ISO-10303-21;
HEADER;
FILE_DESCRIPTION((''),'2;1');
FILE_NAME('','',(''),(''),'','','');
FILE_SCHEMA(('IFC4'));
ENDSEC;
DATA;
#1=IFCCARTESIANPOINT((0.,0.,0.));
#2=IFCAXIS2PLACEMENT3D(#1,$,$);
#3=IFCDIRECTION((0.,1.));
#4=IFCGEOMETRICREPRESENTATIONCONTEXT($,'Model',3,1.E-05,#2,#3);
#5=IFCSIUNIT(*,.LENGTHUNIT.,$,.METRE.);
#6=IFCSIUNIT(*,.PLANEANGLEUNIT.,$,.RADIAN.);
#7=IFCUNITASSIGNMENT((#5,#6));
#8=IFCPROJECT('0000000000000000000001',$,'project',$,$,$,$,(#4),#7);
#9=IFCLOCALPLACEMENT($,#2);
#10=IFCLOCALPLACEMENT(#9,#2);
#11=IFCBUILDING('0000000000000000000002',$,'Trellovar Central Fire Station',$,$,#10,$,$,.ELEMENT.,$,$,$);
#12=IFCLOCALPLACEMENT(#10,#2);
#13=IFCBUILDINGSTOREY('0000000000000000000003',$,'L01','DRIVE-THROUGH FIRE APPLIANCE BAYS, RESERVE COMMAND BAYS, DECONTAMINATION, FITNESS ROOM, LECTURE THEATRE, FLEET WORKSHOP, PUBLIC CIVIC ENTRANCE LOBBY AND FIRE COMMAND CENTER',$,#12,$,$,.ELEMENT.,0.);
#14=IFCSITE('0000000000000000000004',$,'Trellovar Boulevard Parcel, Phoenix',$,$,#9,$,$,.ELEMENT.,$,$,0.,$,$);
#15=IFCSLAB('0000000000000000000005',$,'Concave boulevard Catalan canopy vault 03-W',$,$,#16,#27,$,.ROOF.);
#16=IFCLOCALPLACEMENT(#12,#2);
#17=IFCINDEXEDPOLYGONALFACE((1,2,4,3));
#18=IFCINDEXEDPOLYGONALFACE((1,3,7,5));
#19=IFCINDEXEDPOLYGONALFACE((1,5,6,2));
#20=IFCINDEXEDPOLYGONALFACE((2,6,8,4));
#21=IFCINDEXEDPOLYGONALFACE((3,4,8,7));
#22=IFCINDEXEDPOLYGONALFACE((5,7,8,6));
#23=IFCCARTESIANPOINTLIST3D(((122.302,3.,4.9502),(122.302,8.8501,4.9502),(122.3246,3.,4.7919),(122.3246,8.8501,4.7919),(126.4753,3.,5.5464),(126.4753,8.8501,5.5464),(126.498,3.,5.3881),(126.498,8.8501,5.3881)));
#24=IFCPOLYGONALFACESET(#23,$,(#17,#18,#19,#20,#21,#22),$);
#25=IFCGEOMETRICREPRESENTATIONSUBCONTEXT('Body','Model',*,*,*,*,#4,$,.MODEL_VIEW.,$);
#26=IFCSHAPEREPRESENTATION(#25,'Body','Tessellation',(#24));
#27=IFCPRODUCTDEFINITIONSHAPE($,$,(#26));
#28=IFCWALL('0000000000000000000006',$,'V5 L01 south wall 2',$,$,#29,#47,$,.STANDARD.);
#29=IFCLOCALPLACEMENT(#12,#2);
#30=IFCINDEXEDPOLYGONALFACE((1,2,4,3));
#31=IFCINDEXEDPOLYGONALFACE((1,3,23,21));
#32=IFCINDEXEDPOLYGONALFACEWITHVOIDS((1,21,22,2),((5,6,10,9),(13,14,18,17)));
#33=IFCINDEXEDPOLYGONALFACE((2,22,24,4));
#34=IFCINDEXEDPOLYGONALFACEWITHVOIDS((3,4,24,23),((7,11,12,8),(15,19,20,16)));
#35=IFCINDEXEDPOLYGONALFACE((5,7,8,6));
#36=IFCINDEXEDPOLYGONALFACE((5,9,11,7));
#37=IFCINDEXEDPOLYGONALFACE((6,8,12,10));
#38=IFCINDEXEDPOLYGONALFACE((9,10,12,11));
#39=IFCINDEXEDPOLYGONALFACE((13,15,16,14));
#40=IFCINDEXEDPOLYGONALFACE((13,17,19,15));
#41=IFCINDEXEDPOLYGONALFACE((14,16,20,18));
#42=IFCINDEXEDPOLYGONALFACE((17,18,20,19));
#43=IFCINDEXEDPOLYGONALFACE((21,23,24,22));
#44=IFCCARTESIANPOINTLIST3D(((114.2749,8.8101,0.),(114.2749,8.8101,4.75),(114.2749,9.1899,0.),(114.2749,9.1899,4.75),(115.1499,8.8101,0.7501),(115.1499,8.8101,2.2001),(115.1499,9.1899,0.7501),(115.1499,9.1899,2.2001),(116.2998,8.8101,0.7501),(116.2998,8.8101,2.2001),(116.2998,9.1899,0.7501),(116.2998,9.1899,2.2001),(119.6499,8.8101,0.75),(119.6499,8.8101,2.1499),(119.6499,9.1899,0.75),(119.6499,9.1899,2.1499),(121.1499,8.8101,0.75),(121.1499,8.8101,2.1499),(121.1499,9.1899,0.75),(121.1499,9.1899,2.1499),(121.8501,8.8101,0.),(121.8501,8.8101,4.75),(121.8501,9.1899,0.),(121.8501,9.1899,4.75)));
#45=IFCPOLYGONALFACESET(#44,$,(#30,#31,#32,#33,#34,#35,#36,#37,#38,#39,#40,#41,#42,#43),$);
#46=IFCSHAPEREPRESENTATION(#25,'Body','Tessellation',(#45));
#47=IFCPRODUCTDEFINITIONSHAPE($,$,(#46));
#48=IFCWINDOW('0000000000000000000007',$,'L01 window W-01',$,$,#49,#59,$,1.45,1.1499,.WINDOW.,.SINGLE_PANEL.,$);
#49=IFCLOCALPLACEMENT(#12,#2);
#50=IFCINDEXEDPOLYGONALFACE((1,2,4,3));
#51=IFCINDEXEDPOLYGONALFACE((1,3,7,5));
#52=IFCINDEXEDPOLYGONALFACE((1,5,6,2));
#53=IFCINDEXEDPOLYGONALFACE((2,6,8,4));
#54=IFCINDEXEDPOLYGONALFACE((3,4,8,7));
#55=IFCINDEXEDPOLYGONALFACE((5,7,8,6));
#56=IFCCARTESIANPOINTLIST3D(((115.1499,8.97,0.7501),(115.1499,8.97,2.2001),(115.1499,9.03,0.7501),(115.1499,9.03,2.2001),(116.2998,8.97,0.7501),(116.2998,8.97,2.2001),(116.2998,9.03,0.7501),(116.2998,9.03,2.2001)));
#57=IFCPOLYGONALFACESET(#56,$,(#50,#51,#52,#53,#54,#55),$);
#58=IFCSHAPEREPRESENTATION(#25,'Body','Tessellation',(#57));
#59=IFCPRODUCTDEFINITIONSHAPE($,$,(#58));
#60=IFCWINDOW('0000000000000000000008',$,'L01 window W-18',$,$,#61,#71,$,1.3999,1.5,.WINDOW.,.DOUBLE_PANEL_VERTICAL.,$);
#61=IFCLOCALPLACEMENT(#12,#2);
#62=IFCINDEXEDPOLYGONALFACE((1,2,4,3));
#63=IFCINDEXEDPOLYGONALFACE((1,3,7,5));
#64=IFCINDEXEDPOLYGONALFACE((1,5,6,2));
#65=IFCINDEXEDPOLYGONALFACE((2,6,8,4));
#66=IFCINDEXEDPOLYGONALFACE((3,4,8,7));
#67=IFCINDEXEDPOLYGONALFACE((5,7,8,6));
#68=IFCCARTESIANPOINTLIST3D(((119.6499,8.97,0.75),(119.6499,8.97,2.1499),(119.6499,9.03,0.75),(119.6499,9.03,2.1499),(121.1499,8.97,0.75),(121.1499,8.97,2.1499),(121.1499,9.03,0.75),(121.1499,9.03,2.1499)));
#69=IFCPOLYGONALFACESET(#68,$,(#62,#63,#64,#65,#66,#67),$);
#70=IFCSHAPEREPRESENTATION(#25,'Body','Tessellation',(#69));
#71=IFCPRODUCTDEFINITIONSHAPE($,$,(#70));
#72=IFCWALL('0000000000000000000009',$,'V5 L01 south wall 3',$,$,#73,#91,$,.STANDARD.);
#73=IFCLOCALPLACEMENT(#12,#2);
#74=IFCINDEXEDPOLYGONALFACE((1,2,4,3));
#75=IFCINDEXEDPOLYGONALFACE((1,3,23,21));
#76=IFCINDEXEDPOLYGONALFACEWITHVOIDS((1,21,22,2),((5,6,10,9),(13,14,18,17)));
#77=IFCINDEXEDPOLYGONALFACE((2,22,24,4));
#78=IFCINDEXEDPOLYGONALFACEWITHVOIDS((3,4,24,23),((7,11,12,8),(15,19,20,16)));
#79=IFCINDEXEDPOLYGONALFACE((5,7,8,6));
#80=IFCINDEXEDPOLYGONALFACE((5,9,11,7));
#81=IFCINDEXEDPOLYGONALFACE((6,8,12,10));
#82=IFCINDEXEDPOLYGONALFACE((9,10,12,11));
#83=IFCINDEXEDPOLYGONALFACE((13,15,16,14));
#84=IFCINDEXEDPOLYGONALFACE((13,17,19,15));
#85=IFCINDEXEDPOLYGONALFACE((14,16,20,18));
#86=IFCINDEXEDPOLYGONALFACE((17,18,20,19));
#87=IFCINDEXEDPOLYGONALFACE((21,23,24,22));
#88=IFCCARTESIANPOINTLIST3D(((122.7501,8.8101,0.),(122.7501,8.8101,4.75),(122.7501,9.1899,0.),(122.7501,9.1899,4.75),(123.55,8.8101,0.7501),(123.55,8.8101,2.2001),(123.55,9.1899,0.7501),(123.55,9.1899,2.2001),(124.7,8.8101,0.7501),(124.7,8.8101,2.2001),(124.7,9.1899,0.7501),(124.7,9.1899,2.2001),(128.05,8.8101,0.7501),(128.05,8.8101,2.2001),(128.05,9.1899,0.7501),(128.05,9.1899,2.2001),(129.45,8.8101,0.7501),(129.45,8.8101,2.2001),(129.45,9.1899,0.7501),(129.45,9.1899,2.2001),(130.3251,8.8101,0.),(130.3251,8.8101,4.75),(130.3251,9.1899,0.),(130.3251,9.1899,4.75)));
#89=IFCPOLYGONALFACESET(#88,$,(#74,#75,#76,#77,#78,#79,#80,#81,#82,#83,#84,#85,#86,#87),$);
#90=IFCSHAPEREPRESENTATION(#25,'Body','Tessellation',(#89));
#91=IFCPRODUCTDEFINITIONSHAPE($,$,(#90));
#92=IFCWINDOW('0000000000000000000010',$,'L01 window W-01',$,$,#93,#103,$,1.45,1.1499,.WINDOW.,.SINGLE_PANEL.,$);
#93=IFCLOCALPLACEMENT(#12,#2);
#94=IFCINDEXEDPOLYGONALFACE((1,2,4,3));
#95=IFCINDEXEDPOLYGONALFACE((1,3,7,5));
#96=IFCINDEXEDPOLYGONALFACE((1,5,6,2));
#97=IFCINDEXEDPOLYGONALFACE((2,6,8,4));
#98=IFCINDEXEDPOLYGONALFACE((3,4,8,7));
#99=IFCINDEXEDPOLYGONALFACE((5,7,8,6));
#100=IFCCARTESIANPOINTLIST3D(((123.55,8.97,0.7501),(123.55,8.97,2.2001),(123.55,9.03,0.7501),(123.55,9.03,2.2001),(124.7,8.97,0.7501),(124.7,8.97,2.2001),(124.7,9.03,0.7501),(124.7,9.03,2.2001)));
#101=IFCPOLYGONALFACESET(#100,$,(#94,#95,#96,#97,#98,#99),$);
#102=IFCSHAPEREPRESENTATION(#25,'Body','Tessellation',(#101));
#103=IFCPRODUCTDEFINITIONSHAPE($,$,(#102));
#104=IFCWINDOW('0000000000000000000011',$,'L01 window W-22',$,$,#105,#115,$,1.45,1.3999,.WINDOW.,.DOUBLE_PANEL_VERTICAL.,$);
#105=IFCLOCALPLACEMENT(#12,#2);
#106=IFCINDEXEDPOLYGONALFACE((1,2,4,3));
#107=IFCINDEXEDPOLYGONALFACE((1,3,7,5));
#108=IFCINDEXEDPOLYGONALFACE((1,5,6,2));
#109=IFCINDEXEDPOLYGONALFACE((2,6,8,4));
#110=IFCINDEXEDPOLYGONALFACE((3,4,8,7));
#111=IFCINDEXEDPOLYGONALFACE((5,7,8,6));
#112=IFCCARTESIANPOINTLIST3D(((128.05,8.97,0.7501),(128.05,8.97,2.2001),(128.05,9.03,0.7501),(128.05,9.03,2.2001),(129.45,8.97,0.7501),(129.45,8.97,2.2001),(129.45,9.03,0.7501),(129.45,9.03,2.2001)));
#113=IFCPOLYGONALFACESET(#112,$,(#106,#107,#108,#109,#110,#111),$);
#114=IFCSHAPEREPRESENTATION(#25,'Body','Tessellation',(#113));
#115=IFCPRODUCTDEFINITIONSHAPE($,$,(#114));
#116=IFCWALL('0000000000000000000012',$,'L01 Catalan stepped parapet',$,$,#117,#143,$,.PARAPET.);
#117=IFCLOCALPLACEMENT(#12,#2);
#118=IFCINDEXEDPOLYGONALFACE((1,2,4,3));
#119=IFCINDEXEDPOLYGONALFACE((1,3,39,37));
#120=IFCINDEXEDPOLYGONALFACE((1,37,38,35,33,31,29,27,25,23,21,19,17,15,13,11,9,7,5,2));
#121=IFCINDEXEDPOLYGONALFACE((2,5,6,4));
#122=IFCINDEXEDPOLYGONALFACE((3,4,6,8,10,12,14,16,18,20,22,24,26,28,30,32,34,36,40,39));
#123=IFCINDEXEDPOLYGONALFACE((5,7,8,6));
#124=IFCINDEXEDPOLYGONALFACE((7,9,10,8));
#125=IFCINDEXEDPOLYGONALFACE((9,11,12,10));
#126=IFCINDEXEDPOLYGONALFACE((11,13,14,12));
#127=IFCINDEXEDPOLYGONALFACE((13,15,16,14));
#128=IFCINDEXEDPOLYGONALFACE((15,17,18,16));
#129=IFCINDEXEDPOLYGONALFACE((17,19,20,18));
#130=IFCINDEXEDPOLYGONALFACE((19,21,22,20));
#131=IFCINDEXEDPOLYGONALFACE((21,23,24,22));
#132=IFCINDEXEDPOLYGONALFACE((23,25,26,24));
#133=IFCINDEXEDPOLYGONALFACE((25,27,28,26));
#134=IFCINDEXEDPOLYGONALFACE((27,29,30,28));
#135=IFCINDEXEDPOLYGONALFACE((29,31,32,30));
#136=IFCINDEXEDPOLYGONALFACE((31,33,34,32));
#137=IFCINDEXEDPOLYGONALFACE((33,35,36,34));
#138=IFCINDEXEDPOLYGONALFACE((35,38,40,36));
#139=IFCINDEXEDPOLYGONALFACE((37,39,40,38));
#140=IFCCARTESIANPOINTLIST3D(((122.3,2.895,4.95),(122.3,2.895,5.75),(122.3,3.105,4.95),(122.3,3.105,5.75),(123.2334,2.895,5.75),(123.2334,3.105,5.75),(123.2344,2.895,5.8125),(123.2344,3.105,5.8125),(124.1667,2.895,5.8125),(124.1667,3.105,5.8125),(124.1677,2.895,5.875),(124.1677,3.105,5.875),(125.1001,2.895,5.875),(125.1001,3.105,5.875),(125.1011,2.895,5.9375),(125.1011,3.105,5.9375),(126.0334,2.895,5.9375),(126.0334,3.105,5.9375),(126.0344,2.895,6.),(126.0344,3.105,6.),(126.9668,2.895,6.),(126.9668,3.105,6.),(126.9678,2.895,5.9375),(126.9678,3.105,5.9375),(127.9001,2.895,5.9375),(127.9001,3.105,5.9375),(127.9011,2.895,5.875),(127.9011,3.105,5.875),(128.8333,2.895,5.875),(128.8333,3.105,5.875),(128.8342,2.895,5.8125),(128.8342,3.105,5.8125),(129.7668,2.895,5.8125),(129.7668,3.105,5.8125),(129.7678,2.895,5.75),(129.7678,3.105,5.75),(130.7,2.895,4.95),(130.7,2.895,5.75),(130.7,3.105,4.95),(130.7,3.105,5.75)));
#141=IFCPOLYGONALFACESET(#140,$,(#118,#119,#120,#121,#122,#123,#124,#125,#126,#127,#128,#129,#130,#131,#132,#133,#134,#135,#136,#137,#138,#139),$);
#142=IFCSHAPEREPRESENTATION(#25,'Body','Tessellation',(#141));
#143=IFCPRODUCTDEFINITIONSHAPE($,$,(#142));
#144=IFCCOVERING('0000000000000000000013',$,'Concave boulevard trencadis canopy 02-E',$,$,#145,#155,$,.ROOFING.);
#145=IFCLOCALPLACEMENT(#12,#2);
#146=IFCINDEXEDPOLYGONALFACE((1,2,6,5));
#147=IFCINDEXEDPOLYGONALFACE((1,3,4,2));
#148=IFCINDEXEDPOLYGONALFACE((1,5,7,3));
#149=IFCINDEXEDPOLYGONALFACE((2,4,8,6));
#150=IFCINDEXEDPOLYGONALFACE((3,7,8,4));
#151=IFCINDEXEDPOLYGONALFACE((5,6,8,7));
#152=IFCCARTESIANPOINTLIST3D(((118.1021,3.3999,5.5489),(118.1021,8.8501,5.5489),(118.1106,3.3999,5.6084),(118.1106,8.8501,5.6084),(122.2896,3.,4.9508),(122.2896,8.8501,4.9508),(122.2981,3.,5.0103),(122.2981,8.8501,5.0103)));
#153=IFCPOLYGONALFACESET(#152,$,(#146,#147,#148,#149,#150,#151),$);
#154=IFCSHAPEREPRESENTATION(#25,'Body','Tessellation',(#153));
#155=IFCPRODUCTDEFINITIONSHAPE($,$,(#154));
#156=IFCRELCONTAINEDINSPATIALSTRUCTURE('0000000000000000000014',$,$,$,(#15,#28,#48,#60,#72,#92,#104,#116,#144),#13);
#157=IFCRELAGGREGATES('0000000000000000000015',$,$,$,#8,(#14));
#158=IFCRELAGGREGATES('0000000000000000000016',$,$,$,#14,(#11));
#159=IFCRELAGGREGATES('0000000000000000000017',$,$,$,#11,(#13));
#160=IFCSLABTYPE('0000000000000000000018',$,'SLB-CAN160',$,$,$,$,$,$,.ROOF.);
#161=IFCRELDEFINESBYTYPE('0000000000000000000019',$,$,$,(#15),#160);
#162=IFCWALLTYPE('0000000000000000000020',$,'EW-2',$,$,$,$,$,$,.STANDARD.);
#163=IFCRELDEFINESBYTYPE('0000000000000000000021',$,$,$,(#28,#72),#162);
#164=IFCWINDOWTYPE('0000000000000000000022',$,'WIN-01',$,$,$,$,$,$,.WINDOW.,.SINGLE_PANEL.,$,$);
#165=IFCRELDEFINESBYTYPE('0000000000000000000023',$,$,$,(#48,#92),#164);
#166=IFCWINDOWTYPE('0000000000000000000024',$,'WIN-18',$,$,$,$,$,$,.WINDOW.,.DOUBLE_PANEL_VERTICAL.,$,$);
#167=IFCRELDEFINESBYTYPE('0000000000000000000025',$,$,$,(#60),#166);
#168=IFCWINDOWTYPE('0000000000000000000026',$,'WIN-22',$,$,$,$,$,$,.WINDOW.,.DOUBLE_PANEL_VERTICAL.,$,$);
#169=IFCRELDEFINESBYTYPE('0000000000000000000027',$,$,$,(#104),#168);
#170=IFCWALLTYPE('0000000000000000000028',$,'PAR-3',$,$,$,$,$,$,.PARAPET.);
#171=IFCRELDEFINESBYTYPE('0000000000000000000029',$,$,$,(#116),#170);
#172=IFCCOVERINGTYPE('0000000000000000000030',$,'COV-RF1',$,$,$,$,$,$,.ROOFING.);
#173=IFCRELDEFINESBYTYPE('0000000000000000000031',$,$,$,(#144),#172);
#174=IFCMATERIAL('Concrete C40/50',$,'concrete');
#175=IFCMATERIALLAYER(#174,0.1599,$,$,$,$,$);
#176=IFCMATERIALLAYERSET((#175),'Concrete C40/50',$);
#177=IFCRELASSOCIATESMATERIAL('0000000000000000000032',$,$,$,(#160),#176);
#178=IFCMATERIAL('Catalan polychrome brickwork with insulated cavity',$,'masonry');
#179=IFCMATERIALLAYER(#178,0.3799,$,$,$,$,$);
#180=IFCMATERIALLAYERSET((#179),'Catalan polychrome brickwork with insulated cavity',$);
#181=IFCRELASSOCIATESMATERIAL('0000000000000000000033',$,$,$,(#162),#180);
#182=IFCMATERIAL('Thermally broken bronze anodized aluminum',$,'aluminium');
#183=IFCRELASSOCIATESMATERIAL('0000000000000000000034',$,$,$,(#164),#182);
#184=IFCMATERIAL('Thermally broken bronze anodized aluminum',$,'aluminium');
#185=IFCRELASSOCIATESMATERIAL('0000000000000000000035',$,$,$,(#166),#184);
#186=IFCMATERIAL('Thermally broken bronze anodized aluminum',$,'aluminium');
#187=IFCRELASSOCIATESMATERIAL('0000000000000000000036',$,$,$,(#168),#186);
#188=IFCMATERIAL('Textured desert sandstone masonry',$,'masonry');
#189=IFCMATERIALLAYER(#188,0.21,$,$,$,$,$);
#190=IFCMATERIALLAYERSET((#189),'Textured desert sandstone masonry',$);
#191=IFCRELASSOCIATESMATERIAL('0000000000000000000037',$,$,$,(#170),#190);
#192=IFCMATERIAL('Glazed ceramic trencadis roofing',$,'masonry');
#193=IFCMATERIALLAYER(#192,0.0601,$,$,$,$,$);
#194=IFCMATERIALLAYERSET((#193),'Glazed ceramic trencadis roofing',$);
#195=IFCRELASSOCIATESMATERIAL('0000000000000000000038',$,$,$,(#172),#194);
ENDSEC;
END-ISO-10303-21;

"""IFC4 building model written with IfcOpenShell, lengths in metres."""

from ifc_helpers import new_model, si_unit, direction, frame, frame_2d, origin, place, context, subcontext, project, spatial, polyline, rectangle, outline, extrude, material, layer, layer_set, type_object, element, fill, save


model = new_model("IFC4")

# Units and contexts
model_context = context("Model", 3, precision=1e-05, world=origin(), true_north=direction((0.0, 1.0)))
body_context = subcontext(model_context, "Body", "Model", "MODEL_VIEW")
ifc_project = project(units=[si_unit("LENGTHUNIT", "METRE"), si_unit("PLANEANGLEUNIT", "RADIAN")], contexts=[model_context])

# Site, building, storey
site_placement = place(None, origin())
site = spatial("IfcSite", under=ifc_project, at=site_placement, Name="Trellovar Boulevard Parcel, Phoenix", CompositionType="ELEMENT", RefElevation=0.0)
building_placement = place(site_placement, origin())
building = spatial("IfcBuilding", under=site, at=building_placement, Name="Trellovar Central Fire Station", CompositionType="ELEMENT")
storey_placement = place(building_placement, origin())
storey = spatial("IfcBuildingStorey", under=building, at=storey_placement, Name="L01", Description="DRIVE-THROUGH FIRE APPLIANCE BAYS, RESERVE COMMAND BAYS, DECONTAMINATION, FITNESS ROOM, LECTURE THEATRE, FLEET WORKSHOP, PUBLIC CIVIC ENTRANCE LOBBY AND FIRE COMMAND CENTER", CompositionType="ELEMENT", Elevation=0.0)

# Slab
ifc_material_1 = material(Name="Concrete C40/50", Category="concrete")
ifc_layer_1 = layer(ifc_material_1, 0.1599)
ifc_layer_set_1 = layer_set([ifc_layer_1], Name="Concrete C40/50")
slab_type = type_object("IfcSlabType", Name="SLB-CAN160", PredefinedType="ROOF", material=ifc_layer_set_1)
slab_1_placement = place(storey_placement, frame((122.302, 3.0, 4.9502), z_axis=(-0.141421, 0.0, 0.989949), x_axis=(0.989949, 0.0, 0.141421)))
element("IfcSlab", 1, at=slab_1_placement, inside=storey, type_object=slab_type, Name="Concave boulevard Catalan canopy vault 03-W", PredefinedType="ROOF", context=body_context, shape_type="SweptSolid", body=[
    extrude(outline(polyline([(0.0, 0.0), (4.2157, 0.0), (4.2157, 5.8501), (0.0, 5.8501), (0.0, 0.0)])), origin(), (0.0, 0.0, -1.0), 0.1599),
])

# Walls, openings, windows
ifc_material_2 = material(Name="Catalan polychrome brickwork with insulated cavity", Category="masonry")
ifc_layer_2 = layer(ifc_material_2, 0.3799)
ifc_layer_set_2 = layer_set([ifc_layer_2], Name="Catalan polychrome brickwork with insulated cavity")
wall_type_1 = type_object("IfcWallType", Name="EW-2", PredefinedType="STANDARD", material=ifc_layer_set_2)
wall_1_placement = place(storey_placement, frame((114.2749, 9.0, 0.0), z_axis=(0.0, 0.0, 1.0), x_axis=(1.0, 0.0, 0.0)))
wall_1 = element("IfcWall", 2, at=wall_1_placement, inside=storey, type_object=wall_type_1, Name="V5 L01 south wall 2", PredefinedType="STANDARD", context=body_context, shape_type="SweptSolid", body=[
    extrude(rectangle(XDim=7.5752, YDim=0.3799, at=frame_2d((3.7876, 0.0))), origin(), (0.0, 0.0, 1.0), 4.75),
])
opening_1_placement = place(wall_1_placement, frame((0.875, 0.0, 0.75)))
opening_1 = element("IfcOpeningElement", 3, at=opening_1_placement, cuts=wall_1, PredefinedType="OPENING", context=body_context, shape_type="SweptSolid", body=[
    extrude(rectangle(XDim=1.1499, YDim=1.45, at=frame_2d((0.575, 0.7251))), frame((0.0, 0.2, 0.0), z_axis=(0.0, -1.0, 0.0), x_axis=(1.0, 0.0, 0.0)), (0.0, 0.0, 1.0), 0.3999),
])
opening_2_placement = place(wall_1_placement, frame((5.375, 0.0, 0.75)))
opening_2 = element("IfcOpeningElement", 4, at=opening_2_placement, cuts=wall_1, PredefinedType="OPENING", context=body_context, shape_type="SweptSolid", body=[
    extrude(rectangle(XDim=1.5, YDim=1.3999, at=frame_2d((0.75, 0.7))), frame((0.0, 0.2, 0.0), z_axis=(0.0, -1.0, 0.0), x_axis=(1.0, 0.0, 0.0)), (0.0, 0.0, 1.0), 0.3999),
])
ifc_material_3 = material(Name="Thermally broken bronze anodized aluminum", Category="aluminium")
window_type_1 = type_object("IfcWindowType", Name="WIN-01", PartitioningType="SINGLE_PANEL", PredefinedType="WINDOW", material=ifc_material_3)
window_1_placement = place(opening_1_placement, origin())
window_1 = element("IfcWindow", 5, at=window_1_placement, inside=storey, type_object=window_type_1, Name="L01 window W-01", OverallHeight=1.45, OverallWidth=1.1499, PartitioningType="SINGLE_PANEL", PredefinedType="WINDOW", context=body_context, shape_type="SweptSolid", body=[
    extrude(rectangle(XDim=1.1499, YDim=1.45, at=frame_2d((0.575, 0.7251))), frame((0.0, 0.03, 0.0), z_axis=(0.0, -1.0, 0.0), x_axis=(1.0, 0.0, 0.0)), (0.0, 0.0, 1.0), 0.0601),
])
fill(opening_1, window_1)
ifc_material_4 = material(Name="Thermally broken bronze anodized aluminum", Category="aluminium")
window_type_2 = type_object("IfcWindowType", Name="WIN-18", PartitioningType="DOUBLE_PANEL_VERTICAL", PredefinedType="WINDOW", material=ifc_material_4)
window_2_placement = place(opening_2_placement, origin())
window_2 = element("IfcWindow", 6, at=window_2_placement, inside=storey, type_object=window_type_2, Name="L01 window W-18", OverallHeight=1.3999, OverallWidth=1.5, PartitioningType="DOUBLE_PANEL_VERTICAL", PredefinedType="WINDOW", context=body_context, shape_type="SweptSolid", body=[
    extrude(rectangle(XDim=1.5, YDim=1.3999, at=frame_2d((0.75, 0.7))), frame((0.0, 0.03, 0.0), z_axis=(0.0, -1.0, 0.0), x_axis=(1.0, 0.0, 0.0)), (0.0, 0.0, 1.0), 0.0601),
])
fill(opening_2, window_2)
wall_2_placement = place(storey_placement, frame((122.75, 9.0, 0.0), z_axis=(0.0, 0.0, 1.0), x_axis=(1.0, 0.0, 0.0)))
wall_2 = element("IfcWall", 7, at=wall_2_placement, inside=storey, type_object=wall_type_1, Name="V5 L01 south wall 3", PredefinedType="STANDARD", context=body_context, shape_type="SweptSolid", body=[
    extrude(rectangle(XDim=7.575, YDim=0.3799, at=frame_2d((3.7876, 0.0))), origin(), (0.0, 0.0, 1.0), 4.75),
])
opening_3_placement = place(wall_2_placement, frame((0.8, 0.0, 0.75)))
opening_3 = element("IfcOpeningElement", 8, at=opening_3_placement, cuts=wall_2, PredefinedType="OPENING", context=body_context, shape_type="SweptSolid", body=[
    extrude(rectangle(XDim=1.1499, YDim=1.45, at=frame_2d((0.575, 0.7251))), frame((0.0, 0.2, 0.0), z_axis=(0.0, -1.0, 0.0), x_axis=(1.0, 0.0, 0.0)), (0.0, 0.0, 1.0), 0.3999),
])
opening_4_placement = place(wall_2_placement, frame((5.3, 0.0, 0.75)))
opening_4 = element("IfcOpeningElement", 9, at=opening_4_placement, cuts=wall_2, PredefinedType="OPENING", context=body_context, shape_type="SweptSolid", body=[
    extrude(rectangle(XDim=1.3999, YDim=1.45, at=frame_2d((0.7, 0.7251))), frame((0.0, 0.2, 0.0), z_axis=(0.0, -1.0, 0.0), x_axis=(1.0, 0.0, 0.0)), (0.0, 0.0, 1.0), 0.3999),
])
window_3_placement = place(opening_3_placement, origin())
window_3 = element("IfcWindow", 10, at=window_3_placement, inside=storey, type_object=window_type_1, Name="L01 window W-01", OverallHeight=1.45, OverallWidth=1.1499, PartitioningType="SINGLE_PANEL", PredefinedType="WINDOW", context=body_context, shape_type="SweptSolid", body=[
    extrude(rectangle(XDim=1.1499, YDim=1.45, at=frame_2d((0.575, 0.7251))), frame((0.0, 0.03, 0.0), z_axis=(0.0, -1.0, 0.0), x_axis=(1.0, 0.0, 0.0)), (0.0, 0.0, 1.0), 0.0601),
])
fill(opening_3, window_3)
ifc_material_5 = material(Name="Thermally broken bronze anodized aluminum", Category="aluminium")
window_type_3 = type_object("IfcWindowType", Name="WIN-22", PartitioningType="DOUBLE_PANEL_VERTICAL", PredefinedType="WINDOW", material=ifc_material_5)
window_4_placement = place(opening_4_placement, origin())
window_4 = element("IfcWindow", 11, at=window_4_placement, inside=storey, type_object=window_type_3, Name="L01 window W-22", OverallHeight=1.45, OverallWidth=1.3999, PartitioningType="DOUBLE_PANEL_VERTICAL", PredefinedType="WINDOW", context=body_context, shape_type="SweptSolid", body=[
    extrude(rectangle(XDim=1.3999, YDim=1.45, at=frame_2d((0.7, 0.7251))), frame((0.0, 0.03, 0.0), z_axis=(0.0, -1.0, 0.0), x_axis=(1.0, 0.0, 0.0)), (0.0, 0.0, 1.0), 0.0601),
])
fill(opening_4, window_4)

# Wall
ifc_material_6 = material(Name="Textured desert sandstone masonry", Category="masonry")
ifc_layer_3 = layer(ifc_material_6, 0.21)
ifc_layer_set_3 = layer_set([ifc_layer_3], Name="Textured desert sandstone masonry")
wall_type_2 = type_object("IfcWallType", Name="PAR-3", PredefinedType="PARAPET", material=ifc_layer_set_3)
wall_3_placement = place(storey_placement, frame((122.3, 3.0, 4.95), z_axis=(0.0, 0.0, 1.0), x_axis=(1.0, 0.0, 0.0)))
element("IfcWall", 12, at=wall_3_placement, inside=storey, type_object=wall_type_2, Name="L01 Catalan stepped parapet", PredefinedType="PARAPET", context=body_context, shape_type="SweptSolid", body=[
    extrude(outline(polyline([(0.0, 0.0), (8.3999, 0.0), (8.3999, 0.8), (7.4678, 0.8), (7.4668, 0.8625), (6.5342, 0.8625), (6.5332, 0.925), (5.6011, 0.925), (5.6001, 0.9875), (4.6677, 0.9875), (4.6667, 1.05), (3.7344, 1.05), (3.7334, 0.9875), (2.801, 0.9875), (2.8, 0.925), (1.8677, 0.925), (1.8667, 0.8625), (0.9343, 0.8625), (0.9333, 0.8), (0.0, 0.8), (0.0, 0.0)])), frame((0.0, 0.105, 0.0), z_axis=(0.0, -1.0, 0.0), x_axis=(1.0, 0.0, 0.0)), (0.0, 0.0, 1.0), 0.21),
])

# Covering
ifc_material_7 = material(Name="Glazed ceramic trencadis roofing", Category="masonry")
ifc_layer_4 = layer(ifc_material_7, 0.0601)
ifc_layer_set_4 = layer_set([ifc_layer_4], Name="Glazed ceramic trencadis roofing")
covering_type = type_object("IfcCoveringType", Name="COV-RF1", PredefinedType="ROOFING", material=ifc_layer_set_4)
covering_1_placement = place(storey_placement, frame((118.1106, 3.3999, 5.6084), z_axis=(0.141405, 0.0, 0.989952), x_axis=(0.985557, -0.09412, -0.140777)))
element("IfcCovering", 13, at=covering_1_placement, inside=storey, type_object=covering_type, Name="Concave boulevard trencadis canopy 02-E", PredefinedType="ROOFING", context=body_context, shape_type="SweptSolid", body=[
    extrude(outline(polyline([(0.0, 0.0), (4.2489, 0.0), (3.6983, 5.8241), (-0.513, 5.426), (0.0, 0.0)])), origin(), (0.0, 0.0, -1.0), 0.0601),
])

save(model, "model.ifc")
